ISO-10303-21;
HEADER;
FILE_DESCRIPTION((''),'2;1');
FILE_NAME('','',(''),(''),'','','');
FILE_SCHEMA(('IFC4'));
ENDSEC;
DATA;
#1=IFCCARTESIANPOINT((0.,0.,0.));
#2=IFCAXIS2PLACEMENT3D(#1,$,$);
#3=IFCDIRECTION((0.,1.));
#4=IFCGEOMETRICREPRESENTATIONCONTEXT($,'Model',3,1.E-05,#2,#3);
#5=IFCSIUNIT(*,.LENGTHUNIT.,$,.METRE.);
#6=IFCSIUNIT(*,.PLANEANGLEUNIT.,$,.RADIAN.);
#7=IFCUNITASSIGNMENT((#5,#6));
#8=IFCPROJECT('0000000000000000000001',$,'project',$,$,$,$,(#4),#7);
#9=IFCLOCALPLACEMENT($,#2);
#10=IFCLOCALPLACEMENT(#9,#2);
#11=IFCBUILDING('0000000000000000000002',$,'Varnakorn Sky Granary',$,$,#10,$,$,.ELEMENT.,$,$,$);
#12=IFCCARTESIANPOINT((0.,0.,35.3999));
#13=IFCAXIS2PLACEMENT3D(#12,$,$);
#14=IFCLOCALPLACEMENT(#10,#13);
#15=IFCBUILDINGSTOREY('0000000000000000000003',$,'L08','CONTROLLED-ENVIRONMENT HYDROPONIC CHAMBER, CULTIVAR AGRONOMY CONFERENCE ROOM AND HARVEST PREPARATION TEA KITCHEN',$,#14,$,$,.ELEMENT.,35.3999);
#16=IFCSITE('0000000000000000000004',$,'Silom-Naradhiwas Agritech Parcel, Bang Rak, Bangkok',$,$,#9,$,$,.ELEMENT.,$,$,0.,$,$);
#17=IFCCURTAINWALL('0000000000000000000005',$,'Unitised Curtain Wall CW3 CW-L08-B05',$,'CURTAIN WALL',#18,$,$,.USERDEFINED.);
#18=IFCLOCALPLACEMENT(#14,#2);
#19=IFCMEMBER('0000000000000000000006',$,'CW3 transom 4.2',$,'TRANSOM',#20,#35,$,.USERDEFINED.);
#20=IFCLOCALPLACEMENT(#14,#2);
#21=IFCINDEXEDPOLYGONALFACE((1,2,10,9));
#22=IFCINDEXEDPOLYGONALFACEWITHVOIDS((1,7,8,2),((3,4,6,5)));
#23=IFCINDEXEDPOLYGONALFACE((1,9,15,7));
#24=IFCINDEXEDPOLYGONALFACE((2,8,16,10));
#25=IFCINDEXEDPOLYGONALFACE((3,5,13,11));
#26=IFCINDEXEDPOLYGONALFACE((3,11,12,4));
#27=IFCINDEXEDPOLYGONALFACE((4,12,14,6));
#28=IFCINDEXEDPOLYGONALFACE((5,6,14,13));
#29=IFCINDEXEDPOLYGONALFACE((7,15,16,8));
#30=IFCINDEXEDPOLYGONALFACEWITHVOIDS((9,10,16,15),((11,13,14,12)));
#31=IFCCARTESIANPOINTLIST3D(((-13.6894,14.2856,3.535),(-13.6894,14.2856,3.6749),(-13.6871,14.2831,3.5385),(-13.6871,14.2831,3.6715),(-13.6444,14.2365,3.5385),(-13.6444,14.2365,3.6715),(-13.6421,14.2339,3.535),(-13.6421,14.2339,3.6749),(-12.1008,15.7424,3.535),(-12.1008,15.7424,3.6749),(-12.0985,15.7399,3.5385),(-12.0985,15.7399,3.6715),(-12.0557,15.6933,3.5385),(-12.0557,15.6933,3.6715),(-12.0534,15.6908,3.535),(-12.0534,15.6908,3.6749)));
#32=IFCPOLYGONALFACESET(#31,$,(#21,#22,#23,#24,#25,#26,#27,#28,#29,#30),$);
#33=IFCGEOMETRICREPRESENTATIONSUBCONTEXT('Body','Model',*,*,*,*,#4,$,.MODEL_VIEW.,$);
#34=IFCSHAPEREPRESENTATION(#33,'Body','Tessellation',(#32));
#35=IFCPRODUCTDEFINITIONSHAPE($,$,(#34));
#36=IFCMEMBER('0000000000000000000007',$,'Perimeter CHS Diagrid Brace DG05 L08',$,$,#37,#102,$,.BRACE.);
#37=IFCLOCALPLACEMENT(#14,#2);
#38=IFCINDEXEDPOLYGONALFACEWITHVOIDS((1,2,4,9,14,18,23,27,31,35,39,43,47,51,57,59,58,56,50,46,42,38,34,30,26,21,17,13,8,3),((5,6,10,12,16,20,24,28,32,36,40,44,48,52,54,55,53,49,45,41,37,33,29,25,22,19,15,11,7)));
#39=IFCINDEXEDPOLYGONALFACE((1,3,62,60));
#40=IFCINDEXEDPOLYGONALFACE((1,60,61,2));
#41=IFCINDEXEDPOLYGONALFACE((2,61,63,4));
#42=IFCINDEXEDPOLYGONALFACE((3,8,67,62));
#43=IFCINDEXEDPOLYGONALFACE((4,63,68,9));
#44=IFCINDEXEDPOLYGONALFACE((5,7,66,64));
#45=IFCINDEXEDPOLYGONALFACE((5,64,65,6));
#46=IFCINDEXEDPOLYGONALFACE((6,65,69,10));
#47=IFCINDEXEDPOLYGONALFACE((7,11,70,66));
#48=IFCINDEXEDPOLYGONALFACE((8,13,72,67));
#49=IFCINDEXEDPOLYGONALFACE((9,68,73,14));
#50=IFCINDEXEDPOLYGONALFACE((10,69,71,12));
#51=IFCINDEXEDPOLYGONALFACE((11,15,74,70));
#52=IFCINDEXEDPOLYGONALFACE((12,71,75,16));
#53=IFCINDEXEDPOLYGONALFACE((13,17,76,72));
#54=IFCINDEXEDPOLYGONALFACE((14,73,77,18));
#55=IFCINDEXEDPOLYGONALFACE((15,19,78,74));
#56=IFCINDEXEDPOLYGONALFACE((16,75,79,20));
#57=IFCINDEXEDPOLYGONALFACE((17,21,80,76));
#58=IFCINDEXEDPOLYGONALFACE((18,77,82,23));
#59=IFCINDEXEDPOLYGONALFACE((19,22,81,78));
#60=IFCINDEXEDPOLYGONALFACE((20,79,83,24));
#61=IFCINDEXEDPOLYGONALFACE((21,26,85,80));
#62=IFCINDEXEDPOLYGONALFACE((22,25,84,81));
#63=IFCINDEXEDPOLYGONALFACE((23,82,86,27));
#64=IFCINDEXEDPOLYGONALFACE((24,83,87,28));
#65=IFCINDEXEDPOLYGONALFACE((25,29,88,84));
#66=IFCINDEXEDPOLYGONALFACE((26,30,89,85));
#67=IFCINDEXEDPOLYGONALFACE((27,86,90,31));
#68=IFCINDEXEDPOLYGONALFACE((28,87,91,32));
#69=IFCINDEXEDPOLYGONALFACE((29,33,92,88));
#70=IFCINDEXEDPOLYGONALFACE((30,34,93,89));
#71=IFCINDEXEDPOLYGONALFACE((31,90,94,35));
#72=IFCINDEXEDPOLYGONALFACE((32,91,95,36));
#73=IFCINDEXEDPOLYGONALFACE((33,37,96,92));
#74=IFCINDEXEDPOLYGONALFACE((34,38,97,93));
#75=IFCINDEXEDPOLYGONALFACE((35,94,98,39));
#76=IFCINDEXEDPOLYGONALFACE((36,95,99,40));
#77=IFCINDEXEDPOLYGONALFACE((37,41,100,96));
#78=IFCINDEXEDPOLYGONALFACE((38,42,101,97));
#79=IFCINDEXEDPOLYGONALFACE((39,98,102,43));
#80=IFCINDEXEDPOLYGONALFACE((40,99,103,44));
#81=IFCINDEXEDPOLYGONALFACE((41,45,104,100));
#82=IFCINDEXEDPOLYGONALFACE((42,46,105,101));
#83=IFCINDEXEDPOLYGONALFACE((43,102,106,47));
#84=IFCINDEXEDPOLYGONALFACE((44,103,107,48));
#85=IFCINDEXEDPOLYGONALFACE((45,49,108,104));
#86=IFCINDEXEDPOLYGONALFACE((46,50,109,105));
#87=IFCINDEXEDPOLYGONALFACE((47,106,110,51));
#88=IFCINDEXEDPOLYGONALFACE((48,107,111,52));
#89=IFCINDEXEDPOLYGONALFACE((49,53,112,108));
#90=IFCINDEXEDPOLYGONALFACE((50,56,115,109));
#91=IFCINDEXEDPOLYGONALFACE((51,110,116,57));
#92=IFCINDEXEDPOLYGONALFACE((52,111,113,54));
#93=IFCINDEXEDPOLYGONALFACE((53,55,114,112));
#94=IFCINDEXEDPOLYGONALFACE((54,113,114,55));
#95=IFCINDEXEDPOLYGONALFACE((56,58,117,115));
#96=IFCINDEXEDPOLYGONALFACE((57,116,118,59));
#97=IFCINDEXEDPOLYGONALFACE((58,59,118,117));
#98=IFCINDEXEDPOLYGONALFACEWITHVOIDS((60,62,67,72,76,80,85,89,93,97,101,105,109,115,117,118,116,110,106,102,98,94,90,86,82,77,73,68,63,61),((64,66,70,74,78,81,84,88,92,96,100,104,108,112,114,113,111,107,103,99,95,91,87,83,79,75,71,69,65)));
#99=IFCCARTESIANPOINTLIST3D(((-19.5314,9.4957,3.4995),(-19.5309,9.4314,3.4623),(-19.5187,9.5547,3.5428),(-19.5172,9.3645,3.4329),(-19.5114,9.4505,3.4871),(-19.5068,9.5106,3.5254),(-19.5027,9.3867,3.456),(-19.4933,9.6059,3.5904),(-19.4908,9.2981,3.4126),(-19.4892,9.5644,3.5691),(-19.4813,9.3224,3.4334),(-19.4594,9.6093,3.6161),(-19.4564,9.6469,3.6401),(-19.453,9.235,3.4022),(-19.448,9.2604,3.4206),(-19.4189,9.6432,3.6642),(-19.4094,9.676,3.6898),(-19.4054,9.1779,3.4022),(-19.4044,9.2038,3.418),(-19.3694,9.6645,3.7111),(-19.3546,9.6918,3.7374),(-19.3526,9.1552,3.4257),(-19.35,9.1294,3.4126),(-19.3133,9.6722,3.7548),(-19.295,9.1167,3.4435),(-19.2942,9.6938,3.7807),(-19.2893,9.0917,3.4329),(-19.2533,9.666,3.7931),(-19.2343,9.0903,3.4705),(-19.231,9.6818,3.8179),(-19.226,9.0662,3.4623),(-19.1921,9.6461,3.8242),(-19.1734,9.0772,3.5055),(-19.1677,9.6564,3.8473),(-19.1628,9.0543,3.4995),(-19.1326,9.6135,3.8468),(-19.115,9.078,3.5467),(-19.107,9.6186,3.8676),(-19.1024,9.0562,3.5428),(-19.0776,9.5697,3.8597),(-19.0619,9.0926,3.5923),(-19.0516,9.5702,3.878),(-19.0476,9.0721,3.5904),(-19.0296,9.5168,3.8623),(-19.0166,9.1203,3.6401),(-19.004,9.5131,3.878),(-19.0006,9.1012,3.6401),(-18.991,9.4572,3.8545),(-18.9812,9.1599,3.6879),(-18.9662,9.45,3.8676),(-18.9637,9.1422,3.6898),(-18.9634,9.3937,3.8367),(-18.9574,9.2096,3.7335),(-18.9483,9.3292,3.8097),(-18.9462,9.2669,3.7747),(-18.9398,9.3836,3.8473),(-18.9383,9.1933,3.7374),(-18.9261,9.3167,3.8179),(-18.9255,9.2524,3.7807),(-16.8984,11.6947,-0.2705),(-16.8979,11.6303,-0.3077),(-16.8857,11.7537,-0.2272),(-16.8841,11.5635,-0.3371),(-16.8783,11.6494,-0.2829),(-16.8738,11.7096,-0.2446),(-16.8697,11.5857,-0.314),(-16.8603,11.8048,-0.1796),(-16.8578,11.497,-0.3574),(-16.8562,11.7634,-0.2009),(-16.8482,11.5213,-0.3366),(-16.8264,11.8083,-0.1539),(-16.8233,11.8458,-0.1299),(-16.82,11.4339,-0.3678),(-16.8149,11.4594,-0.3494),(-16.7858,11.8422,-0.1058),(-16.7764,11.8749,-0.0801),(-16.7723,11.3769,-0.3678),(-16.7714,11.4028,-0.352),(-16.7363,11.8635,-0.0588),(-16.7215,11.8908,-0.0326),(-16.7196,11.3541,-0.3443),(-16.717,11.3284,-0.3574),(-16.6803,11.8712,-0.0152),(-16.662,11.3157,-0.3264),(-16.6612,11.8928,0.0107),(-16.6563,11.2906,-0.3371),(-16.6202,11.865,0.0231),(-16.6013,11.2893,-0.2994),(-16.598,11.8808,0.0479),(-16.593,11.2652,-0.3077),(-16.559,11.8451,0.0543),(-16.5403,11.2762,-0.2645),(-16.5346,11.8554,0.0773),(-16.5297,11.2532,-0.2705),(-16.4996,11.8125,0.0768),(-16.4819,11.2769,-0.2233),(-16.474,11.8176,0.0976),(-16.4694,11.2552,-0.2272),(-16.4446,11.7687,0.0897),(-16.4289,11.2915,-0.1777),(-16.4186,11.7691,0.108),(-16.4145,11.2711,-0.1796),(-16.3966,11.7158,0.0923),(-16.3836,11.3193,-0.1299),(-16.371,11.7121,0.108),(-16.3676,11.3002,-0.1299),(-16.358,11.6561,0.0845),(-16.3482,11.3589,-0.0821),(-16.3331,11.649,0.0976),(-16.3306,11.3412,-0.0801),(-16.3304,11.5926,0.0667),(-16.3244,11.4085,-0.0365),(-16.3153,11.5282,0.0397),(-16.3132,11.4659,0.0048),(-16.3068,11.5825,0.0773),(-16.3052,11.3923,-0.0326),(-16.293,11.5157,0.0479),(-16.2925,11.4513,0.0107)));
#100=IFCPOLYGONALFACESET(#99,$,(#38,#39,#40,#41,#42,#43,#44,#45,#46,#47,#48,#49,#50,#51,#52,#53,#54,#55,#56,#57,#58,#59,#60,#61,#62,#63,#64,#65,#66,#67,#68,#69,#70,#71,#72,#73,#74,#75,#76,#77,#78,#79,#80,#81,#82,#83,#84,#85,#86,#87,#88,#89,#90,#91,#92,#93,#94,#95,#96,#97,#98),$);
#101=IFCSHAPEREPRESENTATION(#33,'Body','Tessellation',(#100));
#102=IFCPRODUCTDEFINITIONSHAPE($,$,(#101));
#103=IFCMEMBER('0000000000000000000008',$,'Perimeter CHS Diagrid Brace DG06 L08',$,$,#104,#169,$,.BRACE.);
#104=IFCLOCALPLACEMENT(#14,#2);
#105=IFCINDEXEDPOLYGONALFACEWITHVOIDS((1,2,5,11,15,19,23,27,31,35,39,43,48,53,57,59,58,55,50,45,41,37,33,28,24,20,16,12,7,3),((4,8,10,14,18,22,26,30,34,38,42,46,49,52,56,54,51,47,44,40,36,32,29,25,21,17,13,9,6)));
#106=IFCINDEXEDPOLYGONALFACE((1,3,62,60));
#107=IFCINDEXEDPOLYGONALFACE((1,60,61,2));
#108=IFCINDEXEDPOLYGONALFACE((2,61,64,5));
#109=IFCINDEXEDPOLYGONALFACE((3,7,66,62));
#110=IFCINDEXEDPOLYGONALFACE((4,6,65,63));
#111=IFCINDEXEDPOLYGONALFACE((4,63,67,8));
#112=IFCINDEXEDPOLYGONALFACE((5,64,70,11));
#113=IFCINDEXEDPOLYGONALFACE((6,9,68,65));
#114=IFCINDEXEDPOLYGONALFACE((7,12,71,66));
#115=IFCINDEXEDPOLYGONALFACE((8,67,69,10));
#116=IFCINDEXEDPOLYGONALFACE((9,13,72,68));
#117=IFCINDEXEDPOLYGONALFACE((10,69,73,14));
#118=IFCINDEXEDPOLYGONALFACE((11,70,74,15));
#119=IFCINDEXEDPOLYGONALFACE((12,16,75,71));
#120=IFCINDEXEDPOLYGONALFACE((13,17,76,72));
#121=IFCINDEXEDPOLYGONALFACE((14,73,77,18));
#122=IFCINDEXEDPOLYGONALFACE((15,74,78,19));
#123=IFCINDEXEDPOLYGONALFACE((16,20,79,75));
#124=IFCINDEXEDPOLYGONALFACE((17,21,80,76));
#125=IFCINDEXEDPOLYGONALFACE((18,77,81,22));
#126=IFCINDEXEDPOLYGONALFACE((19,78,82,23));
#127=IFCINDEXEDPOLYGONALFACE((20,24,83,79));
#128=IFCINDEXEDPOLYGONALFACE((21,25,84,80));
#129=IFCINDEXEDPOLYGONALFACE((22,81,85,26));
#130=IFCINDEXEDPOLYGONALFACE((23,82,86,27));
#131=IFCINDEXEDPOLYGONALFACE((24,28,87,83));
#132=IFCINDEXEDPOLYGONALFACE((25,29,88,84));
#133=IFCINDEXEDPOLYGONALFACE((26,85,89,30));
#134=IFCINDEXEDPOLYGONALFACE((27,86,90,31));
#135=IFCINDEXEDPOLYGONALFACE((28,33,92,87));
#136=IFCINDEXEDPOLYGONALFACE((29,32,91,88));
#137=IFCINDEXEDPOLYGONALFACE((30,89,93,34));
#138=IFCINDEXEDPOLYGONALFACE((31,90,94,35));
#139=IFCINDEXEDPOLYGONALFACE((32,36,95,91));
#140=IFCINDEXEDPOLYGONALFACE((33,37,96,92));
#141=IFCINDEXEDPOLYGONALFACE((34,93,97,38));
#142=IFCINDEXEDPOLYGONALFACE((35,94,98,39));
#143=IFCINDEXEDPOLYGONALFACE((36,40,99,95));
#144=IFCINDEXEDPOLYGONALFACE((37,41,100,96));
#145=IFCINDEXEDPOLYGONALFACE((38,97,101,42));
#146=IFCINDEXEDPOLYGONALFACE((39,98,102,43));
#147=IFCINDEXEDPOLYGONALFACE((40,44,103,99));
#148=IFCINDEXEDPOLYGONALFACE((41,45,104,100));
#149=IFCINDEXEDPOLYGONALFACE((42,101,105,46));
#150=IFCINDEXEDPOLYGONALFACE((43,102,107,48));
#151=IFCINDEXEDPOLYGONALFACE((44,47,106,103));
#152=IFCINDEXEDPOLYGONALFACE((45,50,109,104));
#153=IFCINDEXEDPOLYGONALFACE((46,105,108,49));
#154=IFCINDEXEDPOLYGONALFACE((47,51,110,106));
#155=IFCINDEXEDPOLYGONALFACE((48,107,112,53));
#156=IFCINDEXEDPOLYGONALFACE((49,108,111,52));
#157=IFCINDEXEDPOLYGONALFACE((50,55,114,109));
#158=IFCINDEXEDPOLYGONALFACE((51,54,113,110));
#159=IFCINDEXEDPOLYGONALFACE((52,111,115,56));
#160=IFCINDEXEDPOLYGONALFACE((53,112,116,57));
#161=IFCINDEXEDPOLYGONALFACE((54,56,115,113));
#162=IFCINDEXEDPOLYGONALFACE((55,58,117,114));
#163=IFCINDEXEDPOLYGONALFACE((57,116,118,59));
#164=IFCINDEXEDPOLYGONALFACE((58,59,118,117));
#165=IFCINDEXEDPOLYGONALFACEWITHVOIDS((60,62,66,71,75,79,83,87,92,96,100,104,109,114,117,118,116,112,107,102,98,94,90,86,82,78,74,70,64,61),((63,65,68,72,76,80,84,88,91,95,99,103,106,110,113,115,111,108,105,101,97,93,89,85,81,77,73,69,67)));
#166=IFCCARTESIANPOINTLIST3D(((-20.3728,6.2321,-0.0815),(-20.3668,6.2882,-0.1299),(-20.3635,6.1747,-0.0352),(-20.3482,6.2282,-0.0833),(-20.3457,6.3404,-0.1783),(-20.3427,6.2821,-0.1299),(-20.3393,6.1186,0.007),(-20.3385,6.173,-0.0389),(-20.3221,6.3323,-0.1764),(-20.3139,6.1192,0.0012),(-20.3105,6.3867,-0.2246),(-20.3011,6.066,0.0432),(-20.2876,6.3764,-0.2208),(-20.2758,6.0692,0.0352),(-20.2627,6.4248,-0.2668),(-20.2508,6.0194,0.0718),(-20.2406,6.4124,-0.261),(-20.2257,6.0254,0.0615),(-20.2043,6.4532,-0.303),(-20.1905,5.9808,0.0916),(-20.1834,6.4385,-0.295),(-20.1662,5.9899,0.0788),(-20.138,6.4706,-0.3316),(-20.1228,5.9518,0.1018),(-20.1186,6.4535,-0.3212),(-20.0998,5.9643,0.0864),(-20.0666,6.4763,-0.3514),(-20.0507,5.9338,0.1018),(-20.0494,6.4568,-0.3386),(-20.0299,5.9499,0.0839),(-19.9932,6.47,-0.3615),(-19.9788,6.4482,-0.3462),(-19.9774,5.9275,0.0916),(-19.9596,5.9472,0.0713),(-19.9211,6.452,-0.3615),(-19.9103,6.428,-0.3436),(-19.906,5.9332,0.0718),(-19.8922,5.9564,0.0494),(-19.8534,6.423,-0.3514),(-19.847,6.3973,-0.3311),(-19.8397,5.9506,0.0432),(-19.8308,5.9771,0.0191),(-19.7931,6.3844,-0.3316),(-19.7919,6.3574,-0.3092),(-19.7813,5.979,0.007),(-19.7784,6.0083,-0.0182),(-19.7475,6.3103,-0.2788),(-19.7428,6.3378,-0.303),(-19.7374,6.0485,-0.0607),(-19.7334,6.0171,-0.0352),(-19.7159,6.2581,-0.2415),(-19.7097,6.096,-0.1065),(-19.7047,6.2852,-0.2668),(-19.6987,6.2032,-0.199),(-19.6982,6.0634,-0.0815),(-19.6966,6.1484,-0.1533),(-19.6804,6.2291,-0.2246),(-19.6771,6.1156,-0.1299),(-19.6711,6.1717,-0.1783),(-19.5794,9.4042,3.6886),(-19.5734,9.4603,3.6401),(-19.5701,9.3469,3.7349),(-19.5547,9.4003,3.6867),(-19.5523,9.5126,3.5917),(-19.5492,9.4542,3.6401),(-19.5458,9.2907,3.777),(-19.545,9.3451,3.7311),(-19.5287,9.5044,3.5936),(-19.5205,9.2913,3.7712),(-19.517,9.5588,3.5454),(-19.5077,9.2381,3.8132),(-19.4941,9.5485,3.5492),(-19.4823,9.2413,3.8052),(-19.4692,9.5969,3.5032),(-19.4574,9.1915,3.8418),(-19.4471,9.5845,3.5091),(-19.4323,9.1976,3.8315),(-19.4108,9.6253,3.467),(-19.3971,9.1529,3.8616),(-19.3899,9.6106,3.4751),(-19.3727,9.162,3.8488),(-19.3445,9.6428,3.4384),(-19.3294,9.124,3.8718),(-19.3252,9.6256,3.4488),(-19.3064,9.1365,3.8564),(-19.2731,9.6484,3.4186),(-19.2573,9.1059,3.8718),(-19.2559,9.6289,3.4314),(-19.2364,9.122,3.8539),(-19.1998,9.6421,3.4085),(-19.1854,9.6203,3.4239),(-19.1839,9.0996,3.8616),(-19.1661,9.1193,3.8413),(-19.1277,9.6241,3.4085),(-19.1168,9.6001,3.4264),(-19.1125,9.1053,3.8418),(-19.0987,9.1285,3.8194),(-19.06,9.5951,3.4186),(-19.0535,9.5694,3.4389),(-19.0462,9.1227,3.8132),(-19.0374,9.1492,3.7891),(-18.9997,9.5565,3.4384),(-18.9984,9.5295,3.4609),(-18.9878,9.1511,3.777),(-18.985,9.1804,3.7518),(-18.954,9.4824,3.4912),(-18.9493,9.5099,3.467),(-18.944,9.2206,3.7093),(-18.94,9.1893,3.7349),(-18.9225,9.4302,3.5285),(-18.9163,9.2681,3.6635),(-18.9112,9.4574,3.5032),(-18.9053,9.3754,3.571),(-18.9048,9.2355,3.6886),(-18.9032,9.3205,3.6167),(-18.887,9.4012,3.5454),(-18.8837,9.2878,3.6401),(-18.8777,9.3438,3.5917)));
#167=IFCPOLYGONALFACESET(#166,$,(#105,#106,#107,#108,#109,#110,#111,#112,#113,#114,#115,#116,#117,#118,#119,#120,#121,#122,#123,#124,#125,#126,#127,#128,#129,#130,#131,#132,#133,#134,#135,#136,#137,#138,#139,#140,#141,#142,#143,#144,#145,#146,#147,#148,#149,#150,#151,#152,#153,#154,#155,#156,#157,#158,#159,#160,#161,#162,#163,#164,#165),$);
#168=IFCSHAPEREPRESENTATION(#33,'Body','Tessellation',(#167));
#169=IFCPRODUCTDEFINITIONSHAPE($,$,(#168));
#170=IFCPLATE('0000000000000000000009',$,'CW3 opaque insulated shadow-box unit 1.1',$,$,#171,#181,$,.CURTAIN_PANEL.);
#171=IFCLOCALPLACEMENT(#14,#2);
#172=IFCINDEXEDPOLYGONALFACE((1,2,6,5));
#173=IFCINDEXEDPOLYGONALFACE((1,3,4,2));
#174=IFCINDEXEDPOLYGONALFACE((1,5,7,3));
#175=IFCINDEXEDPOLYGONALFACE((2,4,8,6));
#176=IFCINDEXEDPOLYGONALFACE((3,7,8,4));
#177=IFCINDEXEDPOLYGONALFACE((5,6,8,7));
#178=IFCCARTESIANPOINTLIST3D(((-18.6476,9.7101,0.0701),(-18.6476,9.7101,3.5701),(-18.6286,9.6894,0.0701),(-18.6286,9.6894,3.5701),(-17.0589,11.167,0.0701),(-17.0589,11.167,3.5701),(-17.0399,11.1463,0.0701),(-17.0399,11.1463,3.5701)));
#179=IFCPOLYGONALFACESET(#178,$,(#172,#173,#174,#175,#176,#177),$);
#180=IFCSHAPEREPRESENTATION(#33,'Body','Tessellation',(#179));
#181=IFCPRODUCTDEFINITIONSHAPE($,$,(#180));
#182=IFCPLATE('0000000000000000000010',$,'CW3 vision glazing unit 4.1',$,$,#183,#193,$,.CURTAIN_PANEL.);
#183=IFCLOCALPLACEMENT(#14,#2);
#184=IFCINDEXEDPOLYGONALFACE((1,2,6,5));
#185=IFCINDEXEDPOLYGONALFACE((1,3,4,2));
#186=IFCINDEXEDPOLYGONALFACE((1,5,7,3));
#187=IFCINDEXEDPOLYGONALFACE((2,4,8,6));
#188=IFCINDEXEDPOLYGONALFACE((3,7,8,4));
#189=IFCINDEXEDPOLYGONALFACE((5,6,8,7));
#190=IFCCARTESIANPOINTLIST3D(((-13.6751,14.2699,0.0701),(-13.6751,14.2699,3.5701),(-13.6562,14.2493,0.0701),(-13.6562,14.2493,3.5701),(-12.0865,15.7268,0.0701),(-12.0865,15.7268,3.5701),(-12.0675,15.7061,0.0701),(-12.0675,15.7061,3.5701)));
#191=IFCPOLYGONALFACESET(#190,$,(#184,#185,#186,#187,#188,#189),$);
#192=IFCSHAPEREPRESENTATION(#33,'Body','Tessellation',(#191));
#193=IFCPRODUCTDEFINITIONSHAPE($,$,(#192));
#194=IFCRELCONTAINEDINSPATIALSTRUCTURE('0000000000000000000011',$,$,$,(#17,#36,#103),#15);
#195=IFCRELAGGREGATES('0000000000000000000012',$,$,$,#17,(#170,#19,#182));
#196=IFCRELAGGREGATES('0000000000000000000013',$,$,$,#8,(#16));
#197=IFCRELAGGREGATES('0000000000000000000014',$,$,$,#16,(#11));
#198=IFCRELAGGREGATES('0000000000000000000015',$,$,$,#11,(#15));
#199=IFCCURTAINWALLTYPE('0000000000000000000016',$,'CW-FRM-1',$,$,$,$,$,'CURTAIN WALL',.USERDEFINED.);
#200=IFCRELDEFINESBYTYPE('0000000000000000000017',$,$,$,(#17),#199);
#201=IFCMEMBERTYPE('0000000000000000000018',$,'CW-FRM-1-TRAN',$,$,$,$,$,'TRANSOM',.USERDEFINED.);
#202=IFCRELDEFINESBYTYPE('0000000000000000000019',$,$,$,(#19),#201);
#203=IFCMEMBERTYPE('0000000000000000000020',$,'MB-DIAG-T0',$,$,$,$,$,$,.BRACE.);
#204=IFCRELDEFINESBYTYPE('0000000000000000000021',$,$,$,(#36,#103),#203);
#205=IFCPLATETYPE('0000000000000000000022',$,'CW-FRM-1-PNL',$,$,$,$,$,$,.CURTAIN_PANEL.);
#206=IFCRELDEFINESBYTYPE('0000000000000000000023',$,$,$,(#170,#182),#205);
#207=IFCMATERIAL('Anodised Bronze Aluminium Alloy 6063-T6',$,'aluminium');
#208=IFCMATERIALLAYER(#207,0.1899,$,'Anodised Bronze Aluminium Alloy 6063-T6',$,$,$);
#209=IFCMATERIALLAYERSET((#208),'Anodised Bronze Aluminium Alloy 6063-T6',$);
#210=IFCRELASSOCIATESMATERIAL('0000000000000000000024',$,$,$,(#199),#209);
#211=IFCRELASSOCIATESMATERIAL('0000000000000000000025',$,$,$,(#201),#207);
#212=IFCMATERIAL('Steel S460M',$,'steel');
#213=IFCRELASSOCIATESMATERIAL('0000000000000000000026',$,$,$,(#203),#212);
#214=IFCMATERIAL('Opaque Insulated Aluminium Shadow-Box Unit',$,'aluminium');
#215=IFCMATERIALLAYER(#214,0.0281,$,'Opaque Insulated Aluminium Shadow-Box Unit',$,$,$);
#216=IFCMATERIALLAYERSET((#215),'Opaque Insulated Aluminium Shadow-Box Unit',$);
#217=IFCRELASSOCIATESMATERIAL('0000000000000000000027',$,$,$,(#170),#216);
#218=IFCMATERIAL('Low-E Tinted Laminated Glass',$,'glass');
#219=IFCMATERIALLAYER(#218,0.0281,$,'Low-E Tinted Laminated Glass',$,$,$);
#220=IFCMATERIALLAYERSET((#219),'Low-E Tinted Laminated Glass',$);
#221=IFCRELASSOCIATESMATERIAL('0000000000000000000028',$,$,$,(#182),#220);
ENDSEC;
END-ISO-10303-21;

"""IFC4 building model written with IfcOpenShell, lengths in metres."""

from ifc_helpers import new_model, si_unit, direction, frame, origin, origin_2d, place, context, subcontext, project, spatial, rectangle, hollow_rectangle, hollow_circle, extrude, source, transform, mapped, material, layer, layer_set, material_profile, profile_set, type_object, element, aggregate, save


model = new_model("IFC4")

# Units and contexts
model_context = context("Model", 3, precision=1e-05, world=origin(), true_north=direction((0.0, 1.0)))
body_context = subcontext(model_context, "Body", "Model", "MODEL_VIEW")
ifc_project = project(units=[si_unit("LENGTHUNIT", "METRE"), si_unit("PLANEANGLEUNIT", "RADIAN")], contexts=[model_context])

# Site, building, storey
site_placement = place(None, origin())
site = spatial("IfcSite", under=ifc_project, at=site_placement, Name="Silom-Naradhiwas Agritech Parcel, Bang Rak, Bangkok", CompositionType="ELEMENT", RefElevation=0.0)
building_placement = place(site_placement, origin())
building = spatial("IfcBuilding", under=site, at=building_placement, Name="Varnakorn Sky Granary", CompositionType="ELEMENT")
storey_placement = place(building_placement, frame((0.0, 0.0, 35.3999)))
storey = spatial("IfcBuildingStorey", under=building, at=storey_placement, Name="L08", Description="CONTROLLED-ENVIRONMENT HYDROPONIC CHAMBER, CULTIVAR AGRONOMY CONFERENCE ROOM AND HARVEST PREPARATION TEA KITCHEN", CompositionType="ELEMENT", Elevation=35.3999)

# Shared definitions
ifc_material_1 = material(Name="Steel S460M", Category="steel")

# Curtain wall
ifc_material_2 = material(Name="Anodised Bronze Aluminium Alloy 6063-T6", Category="aluminium")
ifc_layer_1 = layer(ifc_material_2, 0.1899, Name="Anodised Bronze Aluminium Alloy 6063-T6")
ifc_layer_set_1 = layer_set([ifc_layer_1], Name="Anodised Bronze Aluminium Alloy 6063-T6")
curtain_wall_type = type_object("IfcCurtainWallType", Name="CW-FRM-1", ElementType="CURTAIN WALL", PredefinedType="USERDEFINED", material=ifc_layer_set_1)
curtain_wall_1_placement = place(storey_placement, origin())
curtain_wall_1 = element("IfcCurtainWall", 1, at=curtain_wall_1_placement, inside=storey, type_object=curtain_wall_type, Name="Unitised Curtain Wall CW3 CW-L08-B05", ObjectType="CURTAIN WALL", PredefinedType="USERDEFINED")

# Member
ifc_material_profile_1 = material_profile(ifc_material_2, hollow_rectangle(XDim=0.0701, YDim=0.1399, WallThickness=0.0034, at=origin_2d()), Name="ALU TRAN 70x140")
ifc_profile_set_1 = profile_set([ifc_material_profile_1], Name="Anodised Bronze Aluminium Alloy 6063-T6")
member_type_1 = type_object("IfcMemberType", Name="CW-FRM-1-TRAN", ElementType="TRANSOM", PredefinedType="USERDEFINED", material=ifc_profile_set_1)
member_1_placement = place(storey_placement, frame((-13.6658, 14.2598, 3.605), z_axis=(0.737027, 0.675863, 0.0), x_axis=(-0.675863, 0.737027, 0.0)))
member_1 = element("IfcMember", 2, at=member_1_placement, type_object=member_type_1, Name="CW3 transom 4.2", ObjectType="TRANSOM", PredefinedType="USERDEFINED", context=body_context, shape_type="SweptSolid", body=[
    extrude(hollow_rectangle(XDim=0.0701, YDim=0.1399, WallThickness=0.0034, at=origin_2d()), origin(), (0.0, 0.0, 1.0), 2.1555),
])

# Members
ifc_material_profile_2 = material_profile(ifc_material_1, hollow_circle(Radius=0.3555, WallThickness=0.0249, at=origin_2d()), Name="CHS 711x25")
ifc_profile_set_2 = profile_set([ifc_material_profile_2], Name="Steel S460M")
member_type_2 = type_object("IfcMemberType", Name="MB-DIAG-T0", PredefinedType="BRACE", material=ifc_profile_set_2)
member_2_placement = place(storey_placement, frame((-16.5955, 11.573, -0.1299), z_axis=(-0.516568, -0.431408, 0.739625), x_axis=(0.641003, -0.767538, 0.0)))
element("IfcMember", 3, at=member_2_placement, inside=storey, type_object=member_type_2, Name="Perimeter CHS Diagrid Brace DG05 L08", PredefinedType="BRACE", context=body_context, shape_type="SweptSolid", body=[
    extrude(hollow_circle(Radius=0.3555, WallThickness=0.0249, at=origin_2d()), origin(), (0.0, 0.0, 1.0), 5.0972),
])
member_3_placement = place(storey_placement, frame((-20.022, 6.2019, -0.1299), z_axis=(0.158994, 0.635633, 0.755441), x_axis=(-0.970112, 0.242659, 0.0)))
element("IfcMember", 4, at=member_3_placement, inside=storey, type_object=member_type_2, Name="Perimeter CHS Diagrid Brace DG06 L08", PredefinedType="BRACE", context=body_context, shape_type="SweptSolid", body=[
    extrude(hollow_circle(Radius=0.3555, WallThickness=0.0249, at=origin_2d()), origin(), (0.0, 0.0, 1.0), 4.9905),
])

# Plates
ifc_material_3 = material(Name="Opaque Insulated Aluminium Shadow-Box Unit", Category="aluminium")
ifc_layer_2 = layer(ifc_material_3, 0.0281, Name="Opaque Insulated Aluminium Shadow-Box Unit")
ifc_layer_set_2 = layer_set([ifc_layer_2], Name="Opaque Insulated Aluminium Shadow-Box Unit")
plate_type = type_object("IfcPlateType", Name="CW-FRM-1-PNL", PredefinedType="CURTAIN_PANEL")
shared_shape_1 = source(origin(), body_context, "Body", "SweptSolid", [
    extrude(rectangle(XDim=2.1555, YDim=0.0281, at=origin_2d()), origin(), (0.0, 0.0, 1.0), 3.5),
])
plate_1_placement = place(storey_placement, frame((-17.8438, 10.4282, 0.0701), z_axis=(0.0, 0.0, 1.0), x_axis=(0.737013, 0.675878, 0.0)))
plate_1 = element("IfcPlate", 5, at=plate_1_placement, type_object=plate_type, material=ifc_layer_set_2, Name="CW3 opaque insulated shadow-box unit 1.1", PredefinedType="CURTAIN_PANEL", context=body_context, shape_type="MappedRepresentation", body=[
    mapped(shared_shape_1, transform((0.0, 0.0, 0.0), x_axis=(1.0, 0.0, 0.0), y_axis=(0.0, 1.0, 0.0), z_axis=(0.0, 0.0, 1.0), scale=1.0)),
])
ifc_material_4 = material(Name="Low-E Tinted Laminated Glass", Category="glass")
ifc_layer_3 = layer(ifc_material_4, 0.0281, Name="Low-E Tinted Laminated Glass")
ifc_layer_set_3 = layer_set([ifc_layer_3], Name="Low-E Tinted Laminated Glass")
plate_2_placement = place(storey_placement, frame((-12.8713, 14.988, 0.0701), z_axis=(0.0, 0.0, 1.0), x_axis=(0.737013, 0.675878, 0.0)))
plate_2 = element("IfcPlate", 6, at=plate_2_placement, type_object=plate_type, material=ifc_layer_set_3, Name="CW3 vision glazing unit 4.1", PredefinedType="CURTAIN_PANEL", context=body_context, shape_type="MappedRepresentation", body=[
    mapped(shared_shape_1, transform((0.0, 0.0, 0.0), x_axis=(1.0, 0.0, 0.0), y_axis=(0.0, 1.0, 0.0), z_axis=(0.0, 0.0, 1.0), scale=1.0)),
])
aggregate(curtain_wall_1, [plate_1, member_1, plate_2])

save(model, "model.ifc")
